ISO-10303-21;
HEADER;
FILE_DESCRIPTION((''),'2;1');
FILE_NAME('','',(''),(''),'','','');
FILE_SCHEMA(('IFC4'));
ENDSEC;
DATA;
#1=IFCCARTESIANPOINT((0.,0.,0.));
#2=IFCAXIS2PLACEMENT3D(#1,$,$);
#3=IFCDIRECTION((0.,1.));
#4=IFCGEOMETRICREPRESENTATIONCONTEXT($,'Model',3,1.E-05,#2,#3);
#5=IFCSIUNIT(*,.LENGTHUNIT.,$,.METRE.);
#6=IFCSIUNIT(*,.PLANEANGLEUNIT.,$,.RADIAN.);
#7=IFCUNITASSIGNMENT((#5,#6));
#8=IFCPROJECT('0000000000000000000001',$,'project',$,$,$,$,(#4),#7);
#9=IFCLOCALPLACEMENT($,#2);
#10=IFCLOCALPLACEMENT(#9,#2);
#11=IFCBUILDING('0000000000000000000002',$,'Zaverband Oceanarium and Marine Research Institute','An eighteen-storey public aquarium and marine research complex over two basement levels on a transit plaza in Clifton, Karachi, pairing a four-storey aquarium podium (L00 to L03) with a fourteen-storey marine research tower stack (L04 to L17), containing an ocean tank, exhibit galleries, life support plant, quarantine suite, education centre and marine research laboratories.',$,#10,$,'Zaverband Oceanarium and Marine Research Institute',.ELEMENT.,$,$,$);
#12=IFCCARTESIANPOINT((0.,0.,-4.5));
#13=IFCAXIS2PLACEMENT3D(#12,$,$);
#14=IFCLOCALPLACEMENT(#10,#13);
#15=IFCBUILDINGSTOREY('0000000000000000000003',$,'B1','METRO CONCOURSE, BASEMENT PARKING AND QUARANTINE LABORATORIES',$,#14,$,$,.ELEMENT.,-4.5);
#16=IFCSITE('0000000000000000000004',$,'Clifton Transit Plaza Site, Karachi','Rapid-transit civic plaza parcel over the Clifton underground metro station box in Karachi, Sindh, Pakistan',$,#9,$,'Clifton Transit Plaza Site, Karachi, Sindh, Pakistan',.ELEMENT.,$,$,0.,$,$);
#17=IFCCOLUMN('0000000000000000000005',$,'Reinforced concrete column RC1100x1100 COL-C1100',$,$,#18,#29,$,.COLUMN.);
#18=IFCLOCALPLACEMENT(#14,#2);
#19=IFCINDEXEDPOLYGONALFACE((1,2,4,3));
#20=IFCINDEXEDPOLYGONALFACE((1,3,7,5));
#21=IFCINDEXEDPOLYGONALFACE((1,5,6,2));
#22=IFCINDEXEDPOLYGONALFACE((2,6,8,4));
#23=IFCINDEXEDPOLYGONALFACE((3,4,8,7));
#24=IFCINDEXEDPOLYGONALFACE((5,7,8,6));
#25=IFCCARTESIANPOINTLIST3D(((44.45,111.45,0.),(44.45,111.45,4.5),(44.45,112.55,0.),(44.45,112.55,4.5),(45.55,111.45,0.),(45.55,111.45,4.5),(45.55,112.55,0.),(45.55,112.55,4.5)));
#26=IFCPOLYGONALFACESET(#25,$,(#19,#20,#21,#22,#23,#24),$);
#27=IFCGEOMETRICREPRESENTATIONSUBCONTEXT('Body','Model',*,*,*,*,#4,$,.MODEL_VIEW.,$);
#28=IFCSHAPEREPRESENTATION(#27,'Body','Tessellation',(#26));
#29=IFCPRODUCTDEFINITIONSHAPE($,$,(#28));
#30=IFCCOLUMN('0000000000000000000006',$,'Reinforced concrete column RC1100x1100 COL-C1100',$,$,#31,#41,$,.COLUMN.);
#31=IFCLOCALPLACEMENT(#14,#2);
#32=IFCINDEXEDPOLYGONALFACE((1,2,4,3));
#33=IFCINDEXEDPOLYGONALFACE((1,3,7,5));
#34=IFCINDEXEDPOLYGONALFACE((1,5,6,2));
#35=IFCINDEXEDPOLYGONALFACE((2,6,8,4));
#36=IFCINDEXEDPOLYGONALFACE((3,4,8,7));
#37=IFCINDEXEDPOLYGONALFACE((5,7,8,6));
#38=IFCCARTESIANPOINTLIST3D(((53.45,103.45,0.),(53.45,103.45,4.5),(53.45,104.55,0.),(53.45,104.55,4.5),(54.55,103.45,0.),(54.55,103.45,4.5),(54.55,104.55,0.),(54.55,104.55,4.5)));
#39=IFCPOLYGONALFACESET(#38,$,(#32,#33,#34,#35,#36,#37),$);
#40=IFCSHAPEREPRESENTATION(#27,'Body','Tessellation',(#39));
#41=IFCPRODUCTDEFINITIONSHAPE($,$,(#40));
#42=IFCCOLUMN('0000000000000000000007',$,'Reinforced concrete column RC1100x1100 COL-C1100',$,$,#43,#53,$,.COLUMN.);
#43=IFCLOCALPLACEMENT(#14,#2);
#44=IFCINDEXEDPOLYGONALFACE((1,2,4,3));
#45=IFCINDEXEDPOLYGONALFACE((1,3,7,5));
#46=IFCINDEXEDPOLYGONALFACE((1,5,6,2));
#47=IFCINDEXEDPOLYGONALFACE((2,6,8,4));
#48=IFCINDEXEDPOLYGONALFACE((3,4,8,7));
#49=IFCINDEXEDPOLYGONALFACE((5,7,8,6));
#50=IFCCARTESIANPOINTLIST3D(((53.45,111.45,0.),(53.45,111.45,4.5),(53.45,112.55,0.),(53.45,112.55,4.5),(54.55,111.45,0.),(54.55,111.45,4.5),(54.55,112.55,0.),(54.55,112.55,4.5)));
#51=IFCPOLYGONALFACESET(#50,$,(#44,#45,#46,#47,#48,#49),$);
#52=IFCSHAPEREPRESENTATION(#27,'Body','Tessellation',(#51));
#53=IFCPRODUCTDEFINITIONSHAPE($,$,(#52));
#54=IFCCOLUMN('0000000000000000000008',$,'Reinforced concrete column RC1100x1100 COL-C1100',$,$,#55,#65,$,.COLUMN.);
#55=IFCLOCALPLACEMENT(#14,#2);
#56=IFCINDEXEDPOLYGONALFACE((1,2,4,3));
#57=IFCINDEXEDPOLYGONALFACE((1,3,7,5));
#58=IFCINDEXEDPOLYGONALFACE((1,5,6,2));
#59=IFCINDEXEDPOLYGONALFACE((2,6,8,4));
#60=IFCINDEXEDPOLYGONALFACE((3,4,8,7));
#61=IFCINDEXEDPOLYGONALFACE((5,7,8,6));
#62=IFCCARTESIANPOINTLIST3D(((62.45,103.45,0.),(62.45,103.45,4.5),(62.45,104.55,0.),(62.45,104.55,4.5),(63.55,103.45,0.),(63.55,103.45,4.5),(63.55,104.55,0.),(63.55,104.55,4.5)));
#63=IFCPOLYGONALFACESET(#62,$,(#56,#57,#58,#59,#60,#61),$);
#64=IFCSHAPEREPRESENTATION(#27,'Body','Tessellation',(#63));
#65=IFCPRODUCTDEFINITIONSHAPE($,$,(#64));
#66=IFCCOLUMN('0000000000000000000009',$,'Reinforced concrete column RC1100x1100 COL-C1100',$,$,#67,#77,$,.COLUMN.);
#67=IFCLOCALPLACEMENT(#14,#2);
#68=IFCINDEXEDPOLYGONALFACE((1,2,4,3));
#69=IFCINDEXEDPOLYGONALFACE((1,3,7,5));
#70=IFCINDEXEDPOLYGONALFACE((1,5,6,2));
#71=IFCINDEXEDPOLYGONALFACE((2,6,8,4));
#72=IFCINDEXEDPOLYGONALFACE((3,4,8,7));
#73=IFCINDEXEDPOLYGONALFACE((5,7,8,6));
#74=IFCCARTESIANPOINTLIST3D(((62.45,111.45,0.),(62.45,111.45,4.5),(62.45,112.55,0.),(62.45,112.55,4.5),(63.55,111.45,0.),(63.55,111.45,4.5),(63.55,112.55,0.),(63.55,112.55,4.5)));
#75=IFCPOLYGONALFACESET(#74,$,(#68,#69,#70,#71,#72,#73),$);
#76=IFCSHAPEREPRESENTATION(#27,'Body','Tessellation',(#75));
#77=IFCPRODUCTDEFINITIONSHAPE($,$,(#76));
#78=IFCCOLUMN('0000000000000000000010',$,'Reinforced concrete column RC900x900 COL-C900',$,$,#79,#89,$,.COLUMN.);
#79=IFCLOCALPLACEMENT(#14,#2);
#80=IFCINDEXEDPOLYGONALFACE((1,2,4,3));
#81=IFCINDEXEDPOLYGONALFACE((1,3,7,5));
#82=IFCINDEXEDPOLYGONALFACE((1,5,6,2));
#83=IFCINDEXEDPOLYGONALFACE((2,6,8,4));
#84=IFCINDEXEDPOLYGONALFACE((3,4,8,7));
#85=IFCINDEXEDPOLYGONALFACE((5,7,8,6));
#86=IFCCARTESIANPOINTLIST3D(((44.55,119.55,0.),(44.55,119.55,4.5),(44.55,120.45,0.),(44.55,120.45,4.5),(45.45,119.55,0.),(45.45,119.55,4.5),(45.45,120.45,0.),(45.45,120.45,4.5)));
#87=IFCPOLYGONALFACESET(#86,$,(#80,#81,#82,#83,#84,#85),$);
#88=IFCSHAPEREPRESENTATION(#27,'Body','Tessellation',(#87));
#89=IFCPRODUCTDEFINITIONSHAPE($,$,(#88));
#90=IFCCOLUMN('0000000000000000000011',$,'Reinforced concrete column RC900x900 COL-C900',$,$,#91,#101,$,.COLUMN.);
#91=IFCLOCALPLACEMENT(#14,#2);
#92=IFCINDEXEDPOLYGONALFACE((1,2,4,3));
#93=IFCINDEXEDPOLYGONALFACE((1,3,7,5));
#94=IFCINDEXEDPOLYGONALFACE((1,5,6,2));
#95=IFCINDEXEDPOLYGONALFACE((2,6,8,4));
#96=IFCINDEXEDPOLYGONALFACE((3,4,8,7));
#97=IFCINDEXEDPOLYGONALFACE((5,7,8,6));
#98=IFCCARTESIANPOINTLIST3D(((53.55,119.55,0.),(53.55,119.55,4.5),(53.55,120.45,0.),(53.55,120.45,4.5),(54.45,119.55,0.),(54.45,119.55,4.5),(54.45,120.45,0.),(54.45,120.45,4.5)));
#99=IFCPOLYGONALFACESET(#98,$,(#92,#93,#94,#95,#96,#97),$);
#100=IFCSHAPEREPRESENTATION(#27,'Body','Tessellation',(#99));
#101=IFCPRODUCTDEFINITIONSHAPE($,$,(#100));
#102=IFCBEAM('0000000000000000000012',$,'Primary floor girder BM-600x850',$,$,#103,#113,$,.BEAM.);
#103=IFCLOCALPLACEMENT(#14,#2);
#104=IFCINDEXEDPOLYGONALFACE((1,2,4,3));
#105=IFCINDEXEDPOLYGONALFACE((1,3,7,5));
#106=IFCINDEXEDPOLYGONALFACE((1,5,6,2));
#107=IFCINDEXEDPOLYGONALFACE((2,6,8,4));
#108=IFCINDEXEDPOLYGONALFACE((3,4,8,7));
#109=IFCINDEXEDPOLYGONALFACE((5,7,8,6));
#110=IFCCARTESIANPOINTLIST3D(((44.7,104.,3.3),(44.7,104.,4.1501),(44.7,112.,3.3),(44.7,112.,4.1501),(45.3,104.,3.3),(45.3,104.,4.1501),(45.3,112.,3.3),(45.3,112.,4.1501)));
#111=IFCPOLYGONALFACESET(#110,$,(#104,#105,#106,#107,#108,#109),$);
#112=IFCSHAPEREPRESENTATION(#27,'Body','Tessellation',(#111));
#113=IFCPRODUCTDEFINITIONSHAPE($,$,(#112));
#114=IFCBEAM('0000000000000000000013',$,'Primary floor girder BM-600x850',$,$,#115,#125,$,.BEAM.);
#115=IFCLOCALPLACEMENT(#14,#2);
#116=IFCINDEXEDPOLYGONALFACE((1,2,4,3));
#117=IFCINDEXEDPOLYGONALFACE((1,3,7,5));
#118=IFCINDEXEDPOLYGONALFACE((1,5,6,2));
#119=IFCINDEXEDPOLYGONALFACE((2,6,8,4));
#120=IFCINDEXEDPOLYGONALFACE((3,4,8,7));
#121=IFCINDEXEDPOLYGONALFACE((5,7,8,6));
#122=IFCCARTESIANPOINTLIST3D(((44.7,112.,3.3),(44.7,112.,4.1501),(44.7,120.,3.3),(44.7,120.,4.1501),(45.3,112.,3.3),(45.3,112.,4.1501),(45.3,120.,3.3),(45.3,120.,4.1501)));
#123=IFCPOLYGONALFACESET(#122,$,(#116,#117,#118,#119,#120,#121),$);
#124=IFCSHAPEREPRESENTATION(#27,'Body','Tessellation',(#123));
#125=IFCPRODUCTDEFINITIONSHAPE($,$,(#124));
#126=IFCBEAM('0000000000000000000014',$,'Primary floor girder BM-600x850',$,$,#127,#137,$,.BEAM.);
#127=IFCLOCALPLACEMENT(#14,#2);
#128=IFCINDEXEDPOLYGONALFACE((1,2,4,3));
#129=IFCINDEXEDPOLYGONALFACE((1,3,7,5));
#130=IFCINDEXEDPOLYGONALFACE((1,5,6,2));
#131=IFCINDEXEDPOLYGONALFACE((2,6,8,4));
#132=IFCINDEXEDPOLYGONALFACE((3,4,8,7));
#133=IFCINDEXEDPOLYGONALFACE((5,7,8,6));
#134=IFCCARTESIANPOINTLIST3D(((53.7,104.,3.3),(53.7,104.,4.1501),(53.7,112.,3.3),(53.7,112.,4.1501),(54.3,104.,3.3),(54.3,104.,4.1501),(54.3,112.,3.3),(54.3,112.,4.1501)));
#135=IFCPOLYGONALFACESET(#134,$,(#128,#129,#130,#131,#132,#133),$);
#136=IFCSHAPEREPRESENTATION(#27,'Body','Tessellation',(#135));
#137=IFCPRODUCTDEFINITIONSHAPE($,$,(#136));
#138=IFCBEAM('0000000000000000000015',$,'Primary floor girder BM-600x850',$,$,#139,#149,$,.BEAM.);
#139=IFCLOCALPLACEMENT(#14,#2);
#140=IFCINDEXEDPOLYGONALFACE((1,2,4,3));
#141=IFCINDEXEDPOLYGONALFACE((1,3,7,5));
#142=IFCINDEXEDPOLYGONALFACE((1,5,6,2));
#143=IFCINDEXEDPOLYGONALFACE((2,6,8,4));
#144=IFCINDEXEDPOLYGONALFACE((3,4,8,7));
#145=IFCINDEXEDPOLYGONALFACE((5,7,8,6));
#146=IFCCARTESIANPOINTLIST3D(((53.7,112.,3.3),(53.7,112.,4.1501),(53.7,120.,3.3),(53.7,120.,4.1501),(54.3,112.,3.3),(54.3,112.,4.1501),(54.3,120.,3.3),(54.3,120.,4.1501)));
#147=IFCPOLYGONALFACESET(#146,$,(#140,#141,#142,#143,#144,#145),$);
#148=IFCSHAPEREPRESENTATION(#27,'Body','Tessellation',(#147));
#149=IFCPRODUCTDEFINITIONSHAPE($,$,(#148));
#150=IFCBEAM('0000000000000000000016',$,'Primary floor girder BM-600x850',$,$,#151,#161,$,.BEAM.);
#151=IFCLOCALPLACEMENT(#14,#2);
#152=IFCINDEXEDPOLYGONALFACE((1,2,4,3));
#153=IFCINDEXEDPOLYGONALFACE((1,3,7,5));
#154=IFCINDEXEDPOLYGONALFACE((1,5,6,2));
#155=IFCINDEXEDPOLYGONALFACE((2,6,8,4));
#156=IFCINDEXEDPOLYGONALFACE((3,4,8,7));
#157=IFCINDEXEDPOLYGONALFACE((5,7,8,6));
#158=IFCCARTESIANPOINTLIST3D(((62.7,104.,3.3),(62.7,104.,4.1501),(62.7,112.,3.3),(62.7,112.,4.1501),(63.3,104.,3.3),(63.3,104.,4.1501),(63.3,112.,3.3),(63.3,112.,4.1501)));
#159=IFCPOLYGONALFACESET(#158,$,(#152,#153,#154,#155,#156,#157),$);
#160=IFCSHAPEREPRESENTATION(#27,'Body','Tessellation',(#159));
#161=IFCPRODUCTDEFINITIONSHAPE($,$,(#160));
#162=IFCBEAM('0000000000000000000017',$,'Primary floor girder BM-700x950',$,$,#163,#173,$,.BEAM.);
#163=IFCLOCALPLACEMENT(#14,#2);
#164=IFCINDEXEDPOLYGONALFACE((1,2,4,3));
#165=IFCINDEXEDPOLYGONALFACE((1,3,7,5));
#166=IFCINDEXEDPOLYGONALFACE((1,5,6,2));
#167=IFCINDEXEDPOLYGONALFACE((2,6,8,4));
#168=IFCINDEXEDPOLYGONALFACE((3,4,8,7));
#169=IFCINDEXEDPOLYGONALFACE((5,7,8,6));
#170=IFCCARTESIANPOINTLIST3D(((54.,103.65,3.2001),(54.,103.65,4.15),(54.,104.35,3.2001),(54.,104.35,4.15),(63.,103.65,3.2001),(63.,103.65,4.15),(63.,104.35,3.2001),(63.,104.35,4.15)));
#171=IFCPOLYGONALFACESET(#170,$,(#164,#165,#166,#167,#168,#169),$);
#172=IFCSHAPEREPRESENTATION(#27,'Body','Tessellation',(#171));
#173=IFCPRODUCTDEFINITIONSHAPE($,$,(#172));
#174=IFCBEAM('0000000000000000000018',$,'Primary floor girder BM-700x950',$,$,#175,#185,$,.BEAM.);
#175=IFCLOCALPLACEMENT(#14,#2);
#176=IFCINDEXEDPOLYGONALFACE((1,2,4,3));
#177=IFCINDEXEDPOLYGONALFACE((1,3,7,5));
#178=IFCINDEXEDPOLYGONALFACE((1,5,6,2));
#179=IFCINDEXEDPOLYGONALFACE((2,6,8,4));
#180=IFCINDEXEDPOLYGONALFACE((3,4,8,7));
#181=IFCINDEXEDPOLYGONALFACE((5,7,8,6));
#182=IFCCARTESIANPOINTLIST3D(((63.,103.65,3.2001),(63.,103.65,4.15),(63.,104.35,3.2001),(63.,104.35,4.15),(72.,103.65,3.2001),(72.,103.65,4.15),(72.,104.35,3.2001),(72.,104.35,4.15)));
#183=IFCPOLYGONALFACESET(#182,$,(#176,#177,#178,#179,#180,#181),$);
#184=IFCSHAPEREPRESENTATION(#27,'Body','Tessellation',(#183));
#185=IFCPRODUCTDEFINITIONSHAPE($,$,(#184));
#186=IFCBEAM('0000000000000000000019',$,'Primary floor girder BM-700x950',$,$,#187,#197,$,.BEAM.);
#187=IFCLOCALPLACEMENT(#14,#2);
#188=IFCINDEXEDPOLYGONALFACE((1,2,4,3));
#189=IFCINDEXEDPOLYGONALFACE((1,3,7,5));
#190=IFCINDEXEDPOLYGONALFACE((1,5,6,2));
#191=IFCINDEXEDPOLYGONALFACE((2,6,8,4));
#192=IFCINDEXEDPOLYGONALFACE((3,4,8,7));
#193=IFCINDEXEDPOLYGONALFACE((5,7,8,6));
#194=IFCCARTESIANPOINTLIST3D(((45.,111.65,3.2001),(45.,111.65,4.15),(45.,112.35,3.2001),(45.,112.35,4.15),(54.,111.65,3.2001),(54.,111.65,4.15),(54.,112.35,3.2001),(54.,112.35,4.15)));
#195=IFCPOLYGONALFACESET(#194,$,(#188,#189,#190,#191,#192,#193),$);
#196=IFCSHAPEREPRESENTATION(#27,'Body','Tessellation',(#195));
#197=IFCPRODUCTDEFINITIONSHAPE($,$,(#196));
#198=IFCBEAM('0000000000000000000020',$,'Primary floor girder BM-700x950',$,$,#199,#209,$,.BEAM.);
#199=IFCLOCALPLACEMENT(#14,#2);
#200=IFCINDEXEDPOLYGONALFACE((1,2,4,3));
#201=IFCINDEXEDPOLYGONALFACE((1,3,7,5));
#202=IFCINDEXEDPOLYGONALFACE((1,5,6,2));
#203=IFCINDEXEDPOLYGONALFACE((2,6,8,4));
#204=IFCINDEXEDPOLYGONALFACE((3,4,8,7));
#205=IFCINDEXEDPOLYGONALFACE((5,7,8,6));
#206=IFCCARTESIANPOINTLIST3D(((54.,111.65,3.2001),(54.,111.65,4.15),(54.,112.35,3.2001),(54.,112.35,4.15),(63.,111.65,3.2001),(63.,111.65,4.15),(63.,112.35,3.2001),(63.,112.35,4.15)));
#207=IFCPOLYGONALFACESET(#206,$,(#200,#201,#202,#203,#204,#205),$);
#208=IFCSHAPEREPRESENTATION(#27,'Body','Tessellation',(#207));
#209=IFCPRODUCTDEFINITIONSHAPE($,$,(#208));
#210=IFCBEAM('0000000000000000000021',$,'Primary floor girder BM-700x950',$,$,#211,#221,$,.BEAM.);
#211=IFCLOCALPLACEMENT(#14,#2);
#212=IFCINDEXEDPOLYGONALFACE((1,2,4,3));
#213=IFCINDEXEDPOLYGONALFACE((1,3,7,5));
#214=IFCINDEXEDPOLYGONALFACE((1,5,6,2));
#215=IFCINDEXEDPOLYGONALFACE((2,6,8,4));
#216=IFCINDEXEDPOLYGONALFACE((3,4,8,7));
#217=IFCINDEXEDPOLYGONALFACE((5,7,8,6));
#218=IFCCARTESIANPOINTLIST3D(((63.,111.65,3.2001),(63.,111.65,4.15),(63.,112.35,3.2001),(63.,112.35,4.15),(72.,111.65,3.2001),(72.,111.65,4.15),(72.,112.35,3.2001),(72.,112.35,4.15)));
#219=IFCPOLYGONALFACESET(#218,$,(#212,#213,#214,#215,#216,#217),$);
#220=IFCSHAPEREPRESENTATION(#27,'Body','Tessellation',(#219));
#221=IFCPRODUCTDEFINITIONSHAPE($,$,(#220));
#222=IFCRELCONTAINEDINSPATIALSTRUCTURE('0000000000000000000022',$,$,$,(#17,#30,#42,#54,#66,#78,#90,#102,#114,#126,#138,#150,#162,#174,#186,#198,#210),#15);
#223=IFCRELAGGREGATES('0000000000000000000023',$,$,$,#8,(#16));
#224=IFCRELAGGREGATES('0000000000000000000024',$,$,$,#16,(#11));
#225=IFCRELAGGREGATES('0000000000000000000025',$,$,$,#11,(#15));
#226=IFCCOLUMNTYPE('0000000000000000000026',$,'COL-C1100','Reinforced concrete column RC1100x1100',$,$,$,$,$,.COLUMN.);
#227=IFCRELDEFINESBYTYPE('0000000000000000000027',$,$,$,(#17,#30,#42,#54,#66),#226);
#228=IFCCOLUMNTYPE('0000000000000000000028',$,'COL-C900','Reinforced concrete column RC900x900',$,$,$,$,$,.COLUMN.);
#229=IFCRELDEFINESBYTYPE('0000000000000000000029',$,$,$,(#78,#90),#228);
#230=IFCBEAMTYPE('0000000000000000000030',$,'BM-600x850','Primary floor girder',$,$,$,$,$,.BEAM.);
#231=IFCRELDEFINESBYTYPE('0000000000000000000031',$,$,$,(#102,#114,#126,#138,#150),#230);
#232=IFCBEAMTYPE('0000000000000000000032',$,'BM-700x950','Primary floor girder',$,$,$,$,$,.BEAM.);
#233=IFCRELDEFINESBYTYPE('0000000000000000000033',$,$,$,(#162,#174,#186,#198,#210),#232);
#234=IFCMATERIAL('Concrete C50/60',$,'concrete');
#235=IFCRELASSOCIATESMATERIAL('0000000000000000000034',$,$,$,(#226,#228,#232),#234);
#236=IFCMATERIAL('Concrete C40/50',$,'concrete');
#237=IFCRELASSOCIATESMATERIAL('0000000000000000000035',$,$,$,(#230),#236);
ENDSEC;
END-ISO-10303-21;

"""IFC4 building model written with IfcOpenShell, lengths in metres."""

from ifc_helpers import new_model, si_unit, direction, frame, origin, origin_2d, place, context, subcontext, project, spatial, rectangle, extrude, material, material_profile, profile_set, type_object, element, save


model = new_model("IFC4")

# Units and contexts
model_context = context("Model", 3, precision=1e-05, world=origin(), true_north=direction((0.0, 1.0)))
body_context = subcontext(model_context, "Body", "Model", "MODEL_VIEW")
ifc_project = project(units=[si_unit("LENGTHUNIT", "METRE"), si_unit("PLANEANGLEUNIT", "RADIAN")], contexts=[model_context])

# Site, building, storey
site_placement = place(None, origin())
site = spatial("IfcSite", under=ifc_project, at=site_placement, Name="Clifton Transit Plaza Site, Karachi", Description="Rapid-transit civic plaza parcel over the Clifton underground metro station box in Karachi, Sindh, Pakistan", LongName="Clifton Transit Plaza Site, Karachi, Sindh, Pakistan", CompositionType="ELEMENT", RefElevation=0.0)
building_placement = place(site_placement, origin())
building = spatial("IfcBuilding", under=site, at=building_placement, Name="Zaverband Oceanarium and Marine Research Institute", Description="An eighteen-storey public aquarium and marine research complex over two basement levels on a transit plaza in Clifton, Karachi, pairing a four-storey aquarium podium (L00 to L03) with a fourteen-storey marine research tower stack (L04 to L17), containing an ocean tank, exhibit galleries, life support plant, quarantine suite, education centre and marine research laboratories.", LongName="Zaverband Oceanarium and Marine Research Institute", CompositionType="ELEMENT")
storey_placement = place(building_placement, frame((0.0, 0.0, -4.5)))
storey = spatial("IfcBuildingStorey", under=building, at=storey_placement, Name="B1", Description="METRO CONCOURSE, BASEMENT PARKING AND QUARANTINE LABORATORIES", CompositionType="ELEMENT", Elevation=-4.5)

# Columns
ifc_material_1 = material(Name="Concrete C50/60", Category="concrete")
ifc_material_profile_1 = material_profile(ifc_material_1, rectangle(XDim=1.1001, YDim=1.1001, at=origin_2d()), Name="RC1100x1100")
ifc_profile_set_1 = profile_set([ifc_material_profile_1], Name="Concrete C50/60")
column_type_1 = type_object("IfcColumnType", Name="COL-C1100", Description="Reinforced concrete column RC1100x1100", PredefinedType="COLUMN", material=ifc_profile_set_1)
for number, where, z_axis, x_axis, name in (
    (1, (45.0, 112.0, 0.0), (0.0, 0.0, 1.0), (1.0, 0.0, 0.0), "Reinforced concrete column RC1100x1100 COL-C1100"),
    (2, (54.0, 104.0, 0.0), (0.0, 0.0, 1.0), (1.0, 0.0, 0.0), "Reinforced concrete column RC1100x1100 COL-C1100"),
    (3, (54.0, 112.0, 0.0), (0.0, 0.0, 1.0), (1.0, 0.0, 0.0), "Reinforced concrete column RC1100x1100 COL-C1100"),
    (4, (63.0, 104.0, 0.0), (0.0, 0.0, 1.0), (1.0, 0.0, 0.0), "Reinforced concrete column RC1100x1100 COL-C1100"),
    (5, (63.0, 112.0, 0.0), (0.0, 0.0, 1.0), (1.0, 0.0, 0.0), "Reinforced concrete column RC1100x1100 COL-C1100"),
):
    element("IfcColumn", number, at=place(storey_placement, frame(where, z_axis=z_axis, x_axis=x_axis)), inside=storey, type_object=column_type_1, Name=name, PredefinedType="COLUMN", context=body_context, shape_type="SweptSolid", body=[
        extrude(rectangle(XDim=1.1001, YDim=1.1001, at=origin_2d()), origin(), (0.0, 0.0, 1.0), 4.5),
    ])
ifc_material_profile_2 = material_profile(ifc_material_1, rectangle(XDim=0.8999, YDim=0.8999, at=origin_2d()), Name="RC900x900")
ifc_profile_set_2 = profile_set([ifc_material_profile_2], Name="Concrete C50/60")
column_type_2 = type_object("IfcColumnType", Name="COL-C900", Description="Reinforced concrete column RC900x900", PredefinedType="COLUMN", material=ifc_profile_set_2)
for number, where, z_axis, x_axis, name in (
    (6, (45.0, 120.0, 0.0), (0.0, 0.0, 1.0), (1.0, 0.0, 0.0), "Reinforced concrete column RC900x900 COL-C900"),
    (7, (54.0, 120.0, 0.0), (0.0, 0.0, 1.0), (1.0, 0.0, 0.0), "Reinforced concrete column RC900x900 COL-C900"),
):
    element("IfcColumn", number, at=place(storey_placement, frame(where, z_axis=z_axis, x_axis=x_axis)), inside=storey, type_object=column_type_2, Name=name, PredefinedType="COLUMN", context=body_context, shape_type="SweptSolid", body=[
        extrude(rectangle(XDim=0.8999, YDim=0.8999, at=origin_2d()), origin(), (0.0, 0.0, 1.0), 4.5),
    ])

# Beams
ifc_material_2 = material(Name="Concrete C40/50", Category="concrete")
ifc_material_profile_3 = material_profile(ifc_material_2, rectangle(XDim=0.6001, YDim=0.8501, at=origin_2d()), Name="RC600x850")
ifc_profile_set_3 = profile_set([ifc_material_profile_3], Name="Concrete C40/50")
beam_type_1 = type_object("IfcBeamType", Name="BM-600x850", Description="Primary floor girder", PredefinedType="BEAM", material=ifc_profile_set_3)
for number, where, z_axis, x_axis, name in (
    (8, (45.0, 104.0, 3.7251), (0.0, 1.0, 0.0), (-1.0, 0.0, 0.0), "Primary floor girder BM-600x850"),
    (9, (45.0, 112.0, 3.7251), (0.0, 1.0, 0.0), (-1.0, 0.0, 0.0), "Primary floor girder BM-600x850"),
    (10, (54.0, 104.0, 3.7251), (0.0, 1.0, 0.0), (-1.0, 0.0, 0.0), "Primary floor girder BM-600x850"),
    (11, (54.0, 112.0, 3.7251), (0.0, 1.0, 0.0), (-1.0, 0.0, 0.0), "Primary floor girder BM-600x850"),
    (12, (63.0, 104.0, 3.7251), (0.0, 1.0, 0.0), (-1.0, 0.0, 0.0), "Primary floor girder BM-600x850"),
):
    element("IfcBeam", number, at=place(storey_placement, frame(where, z_axis=z_axis, x_axis=x_axis)), inside=storey, type_object=beam_type_1, Name=name, PredefinedType="BEAM", context=body_context, shape_type="SweptSolid", body=[
        extrude(rectangle(XDim=0.6001, YDim=0.8501, at=origin_2d()), origin(), (0.0, 0.0, 1.0), 8.0),
    ])
ifc_material_profile_4 = material_profile(ifc_material_1, rectangle(XDim=0.7, YDim=0.95, at=origin_2d()), Name="RC700x950")
ifc_profile_set_4 = profile_set([ifc_material_profile_4], Name="Concrete C50/60")
beam_type_2 = type_object("IfcBeamType", Name="BM-700x950", Description="Primary floor girder", PredefinedType="BEAM", material=ifc_profile_set_4)
for number, where, z_axis, x_axis, name in (
    (13, (54.0, 104.0, 3.675), (1.0, 0.0, 0.0), (0.0, 1.0, 0.0), "Primary floor girder BM-700x950"),
    (14, (63.0, 104.0, 3.675), (1.0, 0.0, 0.0), (0.0, 1.0, 0.0), "Primary floor girder BM-700x950"),
    (15, (45.0, 112.0, 3.675), (1.0, 0.0, 0.0), (0.0, 1.0, 0.0), "Primary floor girder BM-700x950"),
    (16, (54.0, 112.0, 3.675), (1.0, 0.0, 0.0), (0.0, 1.0, 0.0), "Primary floor girder BM-700x950"),
    (17, (63.0, 112.0, 3.675), (1.0, 0.0, 0.0), (0.0, 1.0, 0.0), "Primary floor girder BM-700x950"),
):
    element("IfcBeam", number, at=place(storey_placement, frame(where, z_axis=z_axis, x_axis=x_axis)), inside=storey, type_object=beam_type_2, Name=name, PredefinedType="BEAM", context=body_context, shape_type="SweptSolid", body=[
        extrude(rectangle(XDim=0.7, YDim=0.95, at=origin_2d()), origin(), (0.0, 0.0, 1.0), 9.0),
    ])

save(model, "model.ifc")
